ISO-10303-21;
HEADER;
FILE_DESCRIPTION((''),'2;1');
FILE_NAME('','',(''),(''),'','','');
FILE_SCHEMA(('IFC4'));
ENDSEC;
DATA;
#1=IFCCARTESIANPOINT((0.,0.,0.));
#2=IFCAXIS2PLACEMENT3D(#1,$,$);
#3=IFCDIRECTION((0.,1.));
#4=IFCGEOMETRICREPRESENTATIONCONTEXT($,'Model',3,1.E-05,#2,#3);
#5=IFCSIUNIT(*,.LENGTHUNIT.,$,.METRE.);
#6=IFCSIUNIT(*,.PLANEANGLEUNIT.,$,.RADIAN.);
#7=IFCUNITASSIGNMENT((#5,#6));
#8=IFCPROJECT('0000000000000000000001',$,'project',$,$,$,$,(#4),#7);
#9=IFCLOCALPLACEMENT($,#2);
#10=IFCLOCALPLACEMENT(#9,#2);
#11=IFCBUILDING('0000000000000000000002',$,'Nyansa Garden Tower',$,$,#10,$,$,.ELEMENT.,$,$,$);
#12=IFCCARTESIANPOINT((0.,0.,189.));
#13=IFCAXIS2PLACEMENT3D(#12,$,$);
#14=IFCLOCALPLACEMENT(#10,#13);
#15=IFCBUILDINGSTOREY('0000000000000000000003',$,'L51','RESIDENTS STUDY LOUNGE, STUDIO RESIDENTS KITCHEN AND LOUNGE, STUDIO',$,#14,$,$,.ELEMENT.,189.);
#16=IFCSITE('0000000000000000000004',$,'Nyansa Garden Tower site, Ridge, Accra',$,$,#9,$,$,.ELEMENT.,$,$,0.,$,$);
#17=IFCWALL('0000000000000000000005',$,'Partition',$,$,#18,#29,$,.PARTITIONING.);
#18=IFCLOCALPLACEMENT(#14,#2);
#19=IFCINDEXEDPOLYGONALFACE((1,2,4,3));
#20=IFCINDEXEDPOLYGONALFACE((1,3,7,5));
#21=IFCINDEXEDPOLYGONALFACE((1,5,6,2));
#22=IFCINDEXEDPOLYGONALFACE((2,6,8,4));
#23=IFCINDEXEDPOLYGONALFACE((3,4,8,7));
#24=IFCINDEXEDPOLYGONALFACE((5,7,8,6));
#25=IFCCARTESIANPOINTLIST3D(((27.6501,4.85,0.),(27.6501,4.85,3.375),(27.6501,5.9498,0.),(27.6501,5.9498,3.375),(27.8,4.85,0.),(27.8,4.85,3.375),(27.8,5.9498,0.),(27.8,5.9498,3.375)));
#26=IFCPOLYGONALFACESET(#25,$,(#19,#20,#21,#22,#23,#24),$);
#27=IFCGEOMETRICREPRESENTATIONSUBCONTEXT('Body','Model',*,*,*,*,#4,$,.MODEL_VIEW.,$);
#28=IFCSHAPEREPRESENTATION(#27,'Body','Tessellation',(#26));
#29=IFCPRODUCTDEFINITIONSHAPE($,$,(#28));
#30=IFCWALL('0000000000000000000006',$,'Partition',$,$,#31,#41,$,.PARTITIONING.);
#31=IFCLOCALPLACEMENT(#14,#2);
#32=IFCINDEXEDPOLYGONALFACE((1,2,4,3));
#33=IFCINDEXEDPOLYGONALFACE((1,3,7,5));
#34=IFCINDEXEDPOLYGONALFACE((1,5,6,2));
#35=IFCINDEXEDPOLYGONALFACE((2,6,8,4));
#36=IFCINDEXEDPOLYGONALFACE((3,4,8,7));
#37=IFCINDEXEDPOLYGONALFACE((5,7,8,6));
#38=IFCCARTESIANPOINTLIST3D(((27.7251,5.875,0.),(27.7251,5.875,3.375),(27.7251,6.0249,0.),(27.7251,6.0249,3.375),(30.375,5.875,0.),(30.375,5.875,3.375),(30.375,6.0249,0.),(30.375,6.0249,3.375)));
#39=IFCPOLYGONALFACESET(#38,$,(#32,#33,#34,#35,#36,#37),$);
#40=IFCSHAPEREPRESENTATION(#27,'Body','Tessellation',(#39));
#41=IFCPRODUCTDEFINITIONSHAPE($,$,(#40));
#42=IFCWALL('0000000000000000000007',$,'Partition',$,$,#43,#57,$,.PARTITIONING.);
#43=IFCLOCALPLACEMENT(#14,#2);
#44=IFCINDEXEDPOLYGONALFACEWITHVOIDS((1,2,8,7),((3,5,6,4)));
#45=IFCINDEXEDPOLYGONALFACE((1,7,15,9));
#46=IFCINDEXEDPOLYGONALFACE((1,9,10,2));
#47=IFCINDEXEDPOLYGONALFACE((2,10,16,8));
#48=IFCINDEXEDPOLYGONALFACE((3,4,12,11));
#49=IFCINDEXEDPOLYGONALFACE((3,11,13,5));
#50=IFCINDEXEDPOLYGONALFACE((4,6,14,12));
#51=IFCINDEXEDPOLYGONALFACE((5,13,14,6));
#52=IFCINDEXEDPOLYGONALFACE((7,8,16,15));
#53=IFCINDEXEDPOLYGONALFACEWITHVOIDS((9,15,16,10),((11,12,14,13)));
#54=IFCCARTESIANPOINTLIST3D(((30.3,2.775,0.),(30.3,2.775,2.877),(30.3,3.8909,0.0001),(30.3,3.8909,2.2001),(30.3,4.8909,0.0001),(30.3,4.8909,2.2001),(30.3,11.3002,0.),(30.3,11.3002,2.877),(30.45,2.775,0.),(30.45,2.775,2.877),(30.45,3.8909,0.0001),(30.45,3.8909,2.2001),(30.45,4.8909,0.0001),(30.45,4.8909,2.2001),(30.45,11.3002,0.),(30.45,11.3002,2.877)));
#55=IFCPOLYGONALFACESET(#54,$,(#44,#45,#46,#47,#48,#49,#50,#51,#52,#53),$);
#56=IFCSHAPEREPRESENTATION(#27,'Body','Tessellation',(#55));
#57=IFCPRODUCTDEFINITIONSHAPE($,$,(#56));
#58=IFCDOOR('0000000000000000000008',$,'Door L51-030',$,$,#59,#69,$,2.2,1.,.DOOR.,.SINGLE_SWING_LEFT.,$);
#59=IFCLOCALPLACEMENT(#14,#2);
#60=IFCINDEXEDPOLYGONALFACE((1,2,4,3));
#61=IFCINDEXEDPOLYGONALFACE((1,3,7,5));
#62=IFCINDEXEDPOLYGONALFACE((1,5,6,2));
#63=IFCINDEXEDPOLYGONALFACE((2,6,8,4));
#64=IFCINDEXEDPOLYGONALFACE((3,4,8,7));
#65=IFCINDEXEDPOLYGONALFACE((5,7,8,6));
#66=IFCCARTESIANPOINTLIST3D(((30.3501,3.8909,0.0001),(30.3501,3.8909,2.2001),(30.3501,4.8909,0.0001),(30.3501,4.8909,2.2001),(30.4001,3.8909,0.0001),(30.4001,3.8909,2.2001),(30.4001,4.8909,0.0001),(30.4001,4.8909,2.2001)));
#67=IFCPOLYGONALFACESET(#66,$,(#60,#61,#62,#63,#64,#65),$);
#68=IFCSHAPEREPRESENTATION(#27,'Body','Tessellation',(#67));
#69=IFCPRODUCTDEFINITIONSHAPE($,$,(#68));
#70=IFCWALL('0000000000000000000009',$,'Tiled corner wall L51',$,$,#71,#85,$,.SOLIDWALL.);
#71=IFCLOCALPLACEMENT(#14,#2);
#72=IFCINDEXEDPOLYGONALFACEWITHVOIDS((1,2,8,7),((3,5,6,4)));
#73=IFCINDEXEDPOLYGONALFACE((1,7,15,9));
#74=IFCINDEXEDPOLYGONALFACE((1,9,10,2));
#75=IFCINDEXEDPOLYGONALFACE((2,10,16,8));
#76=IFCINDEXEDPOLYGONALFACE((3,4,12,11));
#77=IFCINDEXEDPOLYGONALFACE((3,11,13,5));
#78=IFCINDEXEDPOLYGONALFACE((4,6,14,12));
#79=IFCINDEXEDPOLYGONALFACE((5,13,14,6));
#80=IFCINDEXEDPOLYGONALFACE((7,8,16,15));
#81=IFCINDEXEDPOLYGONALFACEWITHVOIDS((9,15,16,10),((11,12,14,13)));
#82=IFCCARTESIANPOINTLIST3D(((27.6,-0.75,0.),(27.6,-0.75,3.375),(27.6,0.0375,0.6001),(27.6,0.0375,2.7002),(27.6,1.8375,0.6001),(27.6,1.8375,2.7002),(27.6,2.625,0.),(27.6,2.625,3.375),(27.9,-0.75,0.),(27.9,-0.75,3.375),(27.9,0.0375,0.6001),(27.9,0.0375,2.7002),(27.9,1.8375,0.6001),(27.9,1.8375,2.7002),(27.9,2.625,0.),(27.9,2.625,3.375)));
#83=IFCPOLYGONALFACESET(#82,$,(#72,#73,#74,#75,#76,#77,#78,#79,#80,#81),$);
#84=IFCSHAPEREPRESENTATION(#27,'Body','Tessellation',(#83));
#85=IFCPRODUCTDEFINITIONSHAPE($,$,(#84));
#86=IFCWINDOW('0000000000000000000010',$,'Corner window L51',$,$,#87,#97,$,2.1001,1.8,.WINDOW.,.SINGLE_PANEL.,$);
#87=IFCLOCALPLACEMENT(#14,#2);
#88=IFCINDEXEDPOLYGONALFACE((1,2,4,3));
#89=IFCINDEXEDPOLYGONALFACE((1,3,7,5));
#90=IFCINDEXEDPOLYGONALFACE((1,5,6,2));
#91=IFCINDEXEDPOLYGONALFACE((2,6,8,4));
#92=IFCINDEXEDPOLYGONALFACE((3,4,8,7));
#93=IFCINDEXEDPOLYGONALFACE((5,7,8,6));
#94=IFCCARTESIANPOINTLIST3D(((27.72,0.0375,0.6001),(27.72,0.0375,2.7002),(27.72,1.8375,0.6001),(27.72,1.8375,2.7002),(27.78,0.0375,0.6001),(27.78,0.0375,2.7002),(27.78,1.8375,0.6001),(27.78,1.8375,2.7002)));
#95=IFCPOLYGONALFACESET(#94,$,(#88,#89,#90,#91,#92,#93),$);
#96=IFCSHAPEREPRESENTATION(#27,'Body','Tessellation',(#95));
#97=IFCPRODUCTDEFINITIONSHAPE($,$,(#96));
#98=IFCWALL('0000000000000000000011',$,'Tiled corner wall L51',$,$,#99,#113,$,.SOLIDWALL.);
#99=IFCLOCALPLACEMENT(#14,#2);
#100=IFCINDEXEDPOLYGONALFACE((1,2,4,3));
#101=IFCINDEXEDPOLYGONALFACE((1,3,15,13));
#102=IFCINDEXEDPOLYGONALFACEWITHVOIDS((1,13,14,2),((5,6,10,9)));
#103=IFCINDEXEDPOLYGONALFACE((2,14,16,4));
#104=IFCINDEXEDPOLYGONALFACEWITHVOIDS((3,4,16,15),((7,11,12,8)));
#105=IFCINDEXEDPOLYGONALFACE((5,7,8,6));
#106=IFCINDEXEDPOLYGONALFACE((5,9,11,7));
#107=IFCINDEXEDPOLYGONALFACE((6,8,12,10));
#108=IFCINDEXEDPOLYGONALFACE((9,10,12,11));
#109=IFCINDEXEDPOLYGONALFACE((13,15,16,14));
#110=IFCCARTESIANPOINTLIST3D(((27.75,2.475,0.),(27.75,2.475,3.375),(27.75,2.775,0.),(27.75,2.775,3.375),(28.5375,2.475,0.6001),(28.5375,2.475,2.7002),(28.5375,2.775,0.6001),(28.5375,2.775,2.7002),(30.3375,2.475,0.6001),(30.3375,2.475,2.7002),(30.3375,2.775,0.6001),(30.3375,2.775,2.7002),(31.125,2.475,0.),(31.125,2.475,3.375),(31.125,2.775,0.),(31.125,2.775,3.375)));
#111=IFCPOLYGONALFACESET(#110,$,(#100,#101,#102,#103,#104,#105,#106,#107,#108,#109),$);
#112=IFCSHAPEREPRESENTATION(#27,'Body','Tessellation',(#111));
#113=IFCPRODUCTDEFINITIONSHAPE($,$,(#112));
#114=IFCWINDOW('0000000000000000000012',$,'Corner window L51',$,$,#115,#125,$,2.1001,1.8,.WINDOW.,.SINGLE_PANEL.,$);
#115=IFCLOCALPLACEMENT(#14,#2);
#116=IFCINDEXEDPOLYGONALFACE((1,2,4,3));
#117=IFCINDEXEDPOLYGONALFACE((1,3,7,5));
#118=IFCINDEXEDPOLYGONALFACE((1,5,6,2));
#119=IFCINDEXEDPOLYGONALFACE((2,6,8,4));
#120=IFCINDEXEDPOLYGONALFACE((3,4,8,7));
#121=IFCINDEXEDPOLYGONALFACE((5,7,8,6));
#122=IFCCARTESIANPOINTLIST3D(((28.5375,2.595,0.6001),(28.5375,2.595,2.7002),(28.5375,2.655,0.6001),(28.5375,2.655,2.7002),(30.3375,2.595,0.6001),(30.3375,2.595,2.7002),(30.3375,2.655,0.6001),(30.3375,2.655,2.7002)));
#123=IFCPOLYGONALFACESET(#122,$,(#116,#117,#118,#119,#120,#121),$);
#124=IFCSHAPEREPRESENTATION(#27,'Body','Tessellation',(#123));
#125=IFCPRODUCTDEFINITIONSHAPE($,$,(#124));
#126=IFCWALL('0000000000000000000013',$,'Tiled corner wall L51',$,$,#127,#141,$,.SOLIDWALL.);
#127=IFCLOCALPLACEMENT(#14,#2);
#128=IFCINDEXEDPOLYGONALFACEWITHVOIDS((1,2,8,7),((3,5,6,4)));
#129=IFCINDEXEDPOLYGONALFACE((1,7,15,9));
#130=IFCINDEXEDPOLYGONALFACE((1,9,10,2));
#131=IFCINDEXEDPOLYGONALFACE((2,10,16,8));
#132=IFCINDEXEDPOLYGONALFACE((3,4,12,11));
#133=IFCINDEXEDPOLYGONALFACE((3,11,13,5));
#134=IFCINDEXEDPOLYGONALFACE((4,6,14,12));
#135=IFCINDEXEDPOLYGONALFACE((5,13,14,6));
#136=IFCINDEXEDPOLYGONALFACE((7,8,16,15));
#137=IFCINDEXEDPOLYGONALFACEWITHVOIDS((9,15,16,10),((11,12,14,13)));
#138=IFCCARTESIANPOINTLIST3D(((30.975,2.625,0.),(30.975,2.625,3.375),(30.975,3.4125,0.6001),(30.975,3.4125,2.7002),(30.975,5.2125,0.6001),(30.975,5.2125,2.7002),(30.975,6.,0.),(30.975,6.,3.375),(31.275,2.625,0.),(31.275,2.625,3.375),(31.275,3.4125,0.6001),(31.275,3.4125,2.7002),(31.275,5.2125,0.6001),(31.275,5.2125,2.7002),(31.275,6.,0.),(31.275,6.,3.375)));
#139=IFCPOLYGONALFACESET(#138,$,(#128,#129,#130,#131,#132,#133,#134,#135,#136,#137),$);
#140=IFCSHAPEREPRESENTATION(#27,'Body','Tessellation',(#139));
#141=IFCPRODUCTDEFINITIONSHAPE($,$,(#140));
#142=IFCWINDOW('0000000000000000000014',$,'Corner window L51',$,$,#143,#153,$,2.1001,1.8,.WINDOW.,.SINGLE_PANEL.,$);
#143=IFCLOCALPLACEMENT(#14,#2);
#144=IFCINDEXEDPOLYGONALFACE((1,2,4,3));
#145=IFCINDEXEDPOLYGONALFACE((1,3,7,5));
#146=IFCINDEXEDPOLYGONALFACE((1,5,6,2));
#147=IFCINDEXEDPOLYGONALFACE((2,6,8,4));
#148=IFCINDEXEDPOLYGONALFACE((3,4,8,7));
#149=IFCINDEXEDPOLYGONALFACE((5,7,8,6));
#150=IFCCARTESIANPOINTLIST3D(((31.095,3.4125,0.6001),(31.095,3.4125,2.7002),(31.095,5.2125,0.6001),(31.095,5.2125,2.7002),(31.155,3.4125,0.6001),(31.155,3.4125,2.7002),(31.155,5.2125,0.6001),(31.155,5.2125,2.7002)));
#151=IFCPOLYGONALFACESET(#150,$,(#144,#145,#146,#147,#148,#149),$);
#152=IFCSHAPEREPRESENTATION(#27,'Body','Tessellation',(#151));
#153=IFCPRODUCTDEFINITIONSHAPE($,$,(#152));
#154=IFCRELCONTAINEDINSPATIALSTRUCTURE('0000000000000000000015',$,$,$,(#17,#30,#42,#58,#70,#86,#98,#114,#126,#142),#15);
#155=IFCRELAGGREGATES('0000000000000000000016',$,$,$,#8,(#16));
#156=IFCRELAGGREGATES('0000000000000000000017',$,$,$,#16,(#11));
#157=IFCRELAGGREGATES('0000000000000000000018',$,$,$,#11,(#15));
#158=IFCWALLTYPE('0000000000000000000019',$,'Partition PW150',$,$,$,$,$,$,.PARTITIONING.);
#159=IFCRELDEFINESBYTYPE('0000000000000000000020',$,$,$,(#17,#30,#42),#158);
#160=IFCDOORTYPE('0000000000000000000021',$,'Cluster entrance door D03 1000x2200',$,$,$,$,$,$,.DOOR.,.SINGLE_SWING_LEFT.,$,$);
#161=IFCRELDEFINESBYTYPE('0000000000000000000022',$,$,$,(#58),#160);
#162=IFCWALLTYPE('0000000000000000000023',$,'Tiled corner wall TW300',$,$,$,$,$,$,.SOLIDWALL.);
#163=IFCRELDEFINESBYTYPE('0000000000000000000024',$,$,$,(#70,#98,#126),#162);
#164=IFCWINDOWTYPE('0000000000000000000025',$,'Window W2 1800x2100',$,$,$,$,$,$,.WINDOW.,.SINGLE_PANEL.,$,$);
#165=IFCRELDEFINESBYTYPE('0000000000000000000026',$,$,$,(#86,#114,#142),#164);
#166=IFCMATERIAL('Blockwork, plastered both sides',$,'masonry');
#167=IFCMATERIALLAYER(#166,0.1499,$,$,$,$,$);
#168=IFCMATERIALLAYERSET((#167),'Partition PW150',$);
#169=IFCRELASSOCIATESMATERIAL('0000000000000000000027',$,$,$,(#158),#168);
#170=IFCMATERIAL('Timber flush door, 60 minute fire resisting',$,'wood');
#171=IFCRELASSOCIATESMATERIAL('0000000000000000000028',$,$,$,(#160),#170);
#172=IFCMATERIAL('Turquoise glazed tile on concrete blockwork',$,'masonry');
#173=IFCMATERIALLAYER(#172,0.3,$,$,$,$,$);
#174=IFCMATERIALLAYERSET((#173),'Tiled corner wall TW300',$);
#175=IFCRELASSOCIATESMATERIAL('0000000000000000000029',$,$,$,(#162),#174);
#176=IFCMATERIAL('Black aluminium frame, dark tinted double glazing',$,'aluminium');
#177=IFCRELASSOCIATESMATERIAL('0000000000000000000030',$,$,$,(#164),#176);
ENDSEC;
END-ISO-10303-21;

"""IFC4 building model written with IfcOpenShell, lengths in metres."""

from ifc_helpers import new_model, si_unit, direction, frame, frame_2d, origin, place, context, subcontext, project, spatial, rectangle, extrude, material, layer, layer_set, type_object, element, fill, save


model = new_model("IFC4")

# Units and contexts
model_context = context("Model", 3, precision=1e-05, world=origin(), true_north=direction((0.0, 1.0)))
body_context = subcontext(model_context, "Body", "Model", "MODEL_VIEW")
ifc_project = project(units=[si_unit("LENGTHUNIT", "METRE"), si_unit("PLANEANGLEUNIT", "RADIAN")], contexts=[model_context])

# Site, building, storey
site_placement = place(None, origin())
site = spatial("IfcSite", under=ifc_project, at=site_placement, Name="Nyansa Garden Tower site, Ridge, Accra", CompositionType="ELEMENT", RefElevation=0.0)
building_placement = place(site_placement, origin())
building = spatial("IfcBuilding", under=site, at=building_placement, Name="Nyansa Garden Tower", CompositionType="ELEMENT")
storey_placement = place(building_placement, frame((0.0, 0.0, 189.0)))
storey = spatial("IfcBuildingStorey", under=building, at=storey_placement, Name="L51", Description="RESIDENTS STUDY LOUNGE, STUDIO RESIDENTS KITCHEN AND LOUNGE, STUDIO", CompositionType="ELEMENT", Elevation=189.0)

# Walls
ifc_material_1 = material(Name="Blockwork, plastered both sides", Category="masonry")
ifc_layer_1 = layer(ifc_material_1, 0.1499)
ifc_layer_set_1 = layer_set([ifc_layer_1], Name="Partition PW150")
wall_type_1 = type_object("IfcWallType", Name="Partition PW150", PredefinedType="PARTITIONING", material=ifc_layer_set_1)
wall_1_placement = place(storey_placement, frame((27.7251, 4.8501, 0.0), z_axis=(0.0, 0.0, 1.0), x_axis=(0.0, 1.0, 0.0)))
element("IfcWall", 1, at=wall_1_placement, inside=storey, type_object=wall_type_1, Name="Partition", PredefinedType="PARTITIONING", context=body_context, shape_type="SweptSolid", body=[
    extrude(rectangle(XDim=1.0999, YDim=0.1499, at=frame_2d((0.5498, 0.0))), origin(), (0.0, 0.0, 1.0), 3.375),
])
wall_2_placement = place(storey_placement, frame((27.7251, 5.95, 0.0), z_axis=(0.0, 0.0, 1.0), x_axis=(1.0, 0.0, 0.0)))
element("IfcWall", 2, at=wall_2_placement, inside=storey, type_object=wall_type_1, Name="Partition", PredefinedType="PARTITIONING", context=body_context, shape_type="SweptSolid", body=[
    extrude(rectangle(XDim=2.6499, YDim=0.1499, at=frame_2d((1.325, 0.0))), origin(), (0.0, 0.0, 1.0), 3.375),
])

# Wall, opening, door
wall_3_placement = place(storey_placement, frame((30.375, 2.7749, 0.0), z_axis=(0.0, 0.0, 1.0), x_axis=(0.0, 1.0, 0.0)))
wall_3 = element("IfcWall", 3, at=wall_3_placement, inside=storey, type_object=wall_type_1, Name="Partition", PredefinedType="PARTITIONING", context=body_context, shape_type="SweptSolid", body=[
    extrude(rectangle(XDim=8.5251, YDim=0.1499, at=frame_2d((4.2627, 0.0))), origin(), (0.0, 0.0, 1.0), 2.877),
])
opening_1_placement = place(wall_3_placement, frame((1.116, 0.0, 0.0)))
opening_1 = element("IfcOpeningElement", 4, at=opening_1_placement, cuts=wall_3, PredefinedType="OPENING", context=body_context, shape_type="SweptSolid", body=[
    extrude(rectangle(XDim=1.0, YDim=2.2, at=frame_2d((0.5, 1.1001))), frame((0.0, 0.085, 0.0), z_axis=(0.0, -1.0, 0.0), x_axis=(1.0, 0.0, 0.0)), (0.0, 0.0, 1.0), 0.1699),
])
ifc_material_2 = material(Name="Timber flush door, 60 minute fire resisting", Category="wood")
door_type = type_object("IfcDoorType", Name="Cluster entrance door D03 1000x2200", OperationType="SINGLE_SWING_LEFT", PredefinedType="DOOR", material=ifc_material_2)
door_placement = place(opening_1_placement, origin())
door = element("IfcDoor", 5, at=door_placement, inside=storey, type_object=door_type, Name="Door L51-030", OperationType="SINGLE_SWING_LEFT", OverallHeight=2.2, OverallWidth=1.0, PredefinedType="DOOR", context=body_context, shape_type="SweptSolid", body=[
    extrude(rectangle(XDim=1.0, YDim=2.2, at=frame_2d((0.5, 1.1001))), frame((0.0, 0.0249, 0.0), z_axis=(0.0, -1.0, 0.0), x_axis=(1.0, 0.0, 0.0)), (0.0, 0.0, 1.0), 0.05),
])
fill(opening_1, door)

# Walls, openings, windows
ifc_material_3 = material(Name="Turquoise glazed tile on concrete blockwork", Category="masonry")
ifc_layer_2 = layer(ifc_material_3, 0.3)
ifc_layer_set_2 = layer_set([ifc_layer_2], Name="Tiled corner wall TW300")
wall_type_2 = type_object("IfcWallType", Name="Tiled corner wall TW300", PredefinedType="SOLIDWALL", material=ifc_layer_set_2)
wall_4_placement = place(storey_placement, frame((27.75, -0.75, 0.0), z_axis=(0.0, 0.0, 1.0), x_axis=(0.0, 1.0, 0.0)))
wall_4 = element("IfcWall", 6, at=wall_4_placement, inside=storey, type_object=wall_type_2, Name="Tiled corner wall L51", PredefinedType="SOLIDWALL", context=body_context, shape_type="SweptSolid", body=[
    extrude(rectangle(XDim=3.375, YDim=0.3, at=frame_2d((1.6875, 0.0))), origin(), (0.0, 0.0, 1.0), 3.375),
])
opening_2_placement = place(wall_4_placement, frame((0.7876, 0.0, 0.6001)))
opening_2 = element("IfcOpeningElement", 7, at=opening_2_placement, cuts=wall_4, PredefinedType="OPENING", context=body_context, shape_type="SweptSolid", body=[
    extrude(rectangle(XDim=1.8, YDim=2.1001, at=frame_2d((0.8999, 1.05))), frame((0.0, 0.1599, 0.0), z_axis=(0.0, -1.0, 0.0), x_axis=(1.0, 0.0, 0.0)), (0.0, 0.0, 1.0), 0.3201),
])
ifc_material_4 = material(Name="Black aluminium frame, dark tinted double glazing", Category="aluminium")
window_type = type_object("IfcWindowType", Name="Window W2 1800x2100", PartitioningType="SINGLE_PANEL", PredefinedType="WINDOW", material=ifc_material_4)
window_1_placement = place(opening_2_placement, origin())
window_1 = element("IfcWindow", 8, at=window_1_placement, inside=storey, type_object=window_type, Name="Corner window L51", OverallHeight=2.1001, OverallWidth=1.8, PartitioningType="SINGLE_PANEL", PredefinedType="WINDOW", context=body_context, shape_type="SweptSolid", body=[
    extrude(rectangle(XDim=1.8, YDim=2.1001, at=frame_2d((0.8999, 1.05))), frame((0.0, 0.03, 0.0), z_axis=(0.0, -1.0, 0.0), x_axis=(1.0, 0.0, 0.0)), (0.0, 0.0, 1.0), 0.0601),
])
fill(opening_2, window_1)
wall_5_placement = place(storey_placement, frame((27.75, 2.625, 0.0), z_axis=(0.0, 0.0, 1.0), x_axis=(1.0, 0.0, 0.0)))
wall_5 = element("IfcWall", 9, at=wall_5_placement, inside=storey, type_object=wall_type_2, Name="Tiled corner wall L51", PredefinedType="SOLIDWALL", context=body_context, shape_type="SweptSolid", body=[
    extrude(rectangle(XDim=3.375, YDim=0.3, at=frame_2d((1.6875, 0.0))), origin(), (0.0, 0.0, 1.0), 3.375),
])
opening_3_placement = place(wall_5_placement, frame((0.7876, 0.0, 0.6001)))
opening_3 = element("IfcOpeningElement", 10, at=opening_3_placement, cuts=wall_5, PredefinedType="OPENING", context=body_context, shape_type="SweptSolid", body=[
    extrude(rectangle(XDim=1.8, YDim=2.1001, at=frame_2d((0.8999, 1.05))), frame((0.0, 0.1599, 0.0), z_axis=(0.0, -1.0, 0.0), x_axis=(1.0, 0.0, 0.0)), (0.0, 0.0, 1.0), 0.3201),
])
window_2_placement = place(opening_3_placement, origin())
window_2 = element("IfcWindow", 11, at=window_2_placement, inside=storey, type_object=window_type, Name="Corner window L51", OverallHeight=2.1001, OverallWidth=1.8, PartitioningType="SINGLE_PANEL", PredefinedType="WINDOW", context=body_context, shape_type="SweptSolid", body=[
    extrude(rectangle(XDim=1.8, YDim=2.1001, at=frame_2d((0.8999, 1.05))), frame((0.0, 0.03, 0.0), z_axis=(0.0, -1.0, 0.0), x_axis=(1.0, 0.0, 0.0)), (0.0, 0.0, 1.0), 0.0601),
])
fill(opening_3, window_2)
wall_6_placement = place(storey_placement, frame((31.125, 2.625, 0.0), z_axis=(0.0, 0.0, 1.0), x_axis=(0.0, 1.0, 0.0)))
wall_6 = element("IfcWall", 12, at=wall_6_placement, inside=storey, type_object=wall_type_2, Name="Tiled corner wall L51", PredefinedType="SOLIDWALL", context=body_context, shape_type="SweptSolid", body=[
    extrude(rectangle(XDim=3.375, YDim=0.3, at=frame_2d((1.6875, 0.0))), origin(), (0.0, 0.0, 1.0), 3.375),
])
opening_4_placement = place(wall_6_placement, frame((0.7876, 0.0, 0.6001)))
opening_4 = element("IfcOpeningElement", 13, at=opening_4_placement, cuts=wall_6, PredefinedType="OPENING", context=body_context, shape_type="SweptSolid", body=[
    extrude(rectangle(XDim=1.8, YDim=2.1001, at=frame_2d((0.8999, 1.05))), frame((0.0, 0.1599, 0.0), z_axis=(0.0, -1.0, 0.0), x_axis=(1.0, 0.0, 0.0)), (0.0, 0.0, 1.0), 0.3201),
])
window_3_placement = place(opening_4_placement, origin())
window_3 = element("IfcWindow", 14, at=window_3_placement, inside=storey, type_object=window_type, Name="Corner window L51", OverallHeight=2.1001, OverallWidth=1.8, PartitioningType="SINGLE_PANEL", PredefinedType="WINDOW", context=body_context, shape_type="SweptSolid", body=[
    extrude(rectangle(XDim=1.8, YDim=2.1001, at=frame_2d((0.8999, 1.05))), frame((0.0, 0.03, 0.0), z_axis=(0.0, -1.0, 0.0), x_axis=(1.0, 0.0, 0.0)), (0.0, 0.0, 1.0), 0.0601),
])
fill(opening_4, window_3)

save(model, "model.ifc")
